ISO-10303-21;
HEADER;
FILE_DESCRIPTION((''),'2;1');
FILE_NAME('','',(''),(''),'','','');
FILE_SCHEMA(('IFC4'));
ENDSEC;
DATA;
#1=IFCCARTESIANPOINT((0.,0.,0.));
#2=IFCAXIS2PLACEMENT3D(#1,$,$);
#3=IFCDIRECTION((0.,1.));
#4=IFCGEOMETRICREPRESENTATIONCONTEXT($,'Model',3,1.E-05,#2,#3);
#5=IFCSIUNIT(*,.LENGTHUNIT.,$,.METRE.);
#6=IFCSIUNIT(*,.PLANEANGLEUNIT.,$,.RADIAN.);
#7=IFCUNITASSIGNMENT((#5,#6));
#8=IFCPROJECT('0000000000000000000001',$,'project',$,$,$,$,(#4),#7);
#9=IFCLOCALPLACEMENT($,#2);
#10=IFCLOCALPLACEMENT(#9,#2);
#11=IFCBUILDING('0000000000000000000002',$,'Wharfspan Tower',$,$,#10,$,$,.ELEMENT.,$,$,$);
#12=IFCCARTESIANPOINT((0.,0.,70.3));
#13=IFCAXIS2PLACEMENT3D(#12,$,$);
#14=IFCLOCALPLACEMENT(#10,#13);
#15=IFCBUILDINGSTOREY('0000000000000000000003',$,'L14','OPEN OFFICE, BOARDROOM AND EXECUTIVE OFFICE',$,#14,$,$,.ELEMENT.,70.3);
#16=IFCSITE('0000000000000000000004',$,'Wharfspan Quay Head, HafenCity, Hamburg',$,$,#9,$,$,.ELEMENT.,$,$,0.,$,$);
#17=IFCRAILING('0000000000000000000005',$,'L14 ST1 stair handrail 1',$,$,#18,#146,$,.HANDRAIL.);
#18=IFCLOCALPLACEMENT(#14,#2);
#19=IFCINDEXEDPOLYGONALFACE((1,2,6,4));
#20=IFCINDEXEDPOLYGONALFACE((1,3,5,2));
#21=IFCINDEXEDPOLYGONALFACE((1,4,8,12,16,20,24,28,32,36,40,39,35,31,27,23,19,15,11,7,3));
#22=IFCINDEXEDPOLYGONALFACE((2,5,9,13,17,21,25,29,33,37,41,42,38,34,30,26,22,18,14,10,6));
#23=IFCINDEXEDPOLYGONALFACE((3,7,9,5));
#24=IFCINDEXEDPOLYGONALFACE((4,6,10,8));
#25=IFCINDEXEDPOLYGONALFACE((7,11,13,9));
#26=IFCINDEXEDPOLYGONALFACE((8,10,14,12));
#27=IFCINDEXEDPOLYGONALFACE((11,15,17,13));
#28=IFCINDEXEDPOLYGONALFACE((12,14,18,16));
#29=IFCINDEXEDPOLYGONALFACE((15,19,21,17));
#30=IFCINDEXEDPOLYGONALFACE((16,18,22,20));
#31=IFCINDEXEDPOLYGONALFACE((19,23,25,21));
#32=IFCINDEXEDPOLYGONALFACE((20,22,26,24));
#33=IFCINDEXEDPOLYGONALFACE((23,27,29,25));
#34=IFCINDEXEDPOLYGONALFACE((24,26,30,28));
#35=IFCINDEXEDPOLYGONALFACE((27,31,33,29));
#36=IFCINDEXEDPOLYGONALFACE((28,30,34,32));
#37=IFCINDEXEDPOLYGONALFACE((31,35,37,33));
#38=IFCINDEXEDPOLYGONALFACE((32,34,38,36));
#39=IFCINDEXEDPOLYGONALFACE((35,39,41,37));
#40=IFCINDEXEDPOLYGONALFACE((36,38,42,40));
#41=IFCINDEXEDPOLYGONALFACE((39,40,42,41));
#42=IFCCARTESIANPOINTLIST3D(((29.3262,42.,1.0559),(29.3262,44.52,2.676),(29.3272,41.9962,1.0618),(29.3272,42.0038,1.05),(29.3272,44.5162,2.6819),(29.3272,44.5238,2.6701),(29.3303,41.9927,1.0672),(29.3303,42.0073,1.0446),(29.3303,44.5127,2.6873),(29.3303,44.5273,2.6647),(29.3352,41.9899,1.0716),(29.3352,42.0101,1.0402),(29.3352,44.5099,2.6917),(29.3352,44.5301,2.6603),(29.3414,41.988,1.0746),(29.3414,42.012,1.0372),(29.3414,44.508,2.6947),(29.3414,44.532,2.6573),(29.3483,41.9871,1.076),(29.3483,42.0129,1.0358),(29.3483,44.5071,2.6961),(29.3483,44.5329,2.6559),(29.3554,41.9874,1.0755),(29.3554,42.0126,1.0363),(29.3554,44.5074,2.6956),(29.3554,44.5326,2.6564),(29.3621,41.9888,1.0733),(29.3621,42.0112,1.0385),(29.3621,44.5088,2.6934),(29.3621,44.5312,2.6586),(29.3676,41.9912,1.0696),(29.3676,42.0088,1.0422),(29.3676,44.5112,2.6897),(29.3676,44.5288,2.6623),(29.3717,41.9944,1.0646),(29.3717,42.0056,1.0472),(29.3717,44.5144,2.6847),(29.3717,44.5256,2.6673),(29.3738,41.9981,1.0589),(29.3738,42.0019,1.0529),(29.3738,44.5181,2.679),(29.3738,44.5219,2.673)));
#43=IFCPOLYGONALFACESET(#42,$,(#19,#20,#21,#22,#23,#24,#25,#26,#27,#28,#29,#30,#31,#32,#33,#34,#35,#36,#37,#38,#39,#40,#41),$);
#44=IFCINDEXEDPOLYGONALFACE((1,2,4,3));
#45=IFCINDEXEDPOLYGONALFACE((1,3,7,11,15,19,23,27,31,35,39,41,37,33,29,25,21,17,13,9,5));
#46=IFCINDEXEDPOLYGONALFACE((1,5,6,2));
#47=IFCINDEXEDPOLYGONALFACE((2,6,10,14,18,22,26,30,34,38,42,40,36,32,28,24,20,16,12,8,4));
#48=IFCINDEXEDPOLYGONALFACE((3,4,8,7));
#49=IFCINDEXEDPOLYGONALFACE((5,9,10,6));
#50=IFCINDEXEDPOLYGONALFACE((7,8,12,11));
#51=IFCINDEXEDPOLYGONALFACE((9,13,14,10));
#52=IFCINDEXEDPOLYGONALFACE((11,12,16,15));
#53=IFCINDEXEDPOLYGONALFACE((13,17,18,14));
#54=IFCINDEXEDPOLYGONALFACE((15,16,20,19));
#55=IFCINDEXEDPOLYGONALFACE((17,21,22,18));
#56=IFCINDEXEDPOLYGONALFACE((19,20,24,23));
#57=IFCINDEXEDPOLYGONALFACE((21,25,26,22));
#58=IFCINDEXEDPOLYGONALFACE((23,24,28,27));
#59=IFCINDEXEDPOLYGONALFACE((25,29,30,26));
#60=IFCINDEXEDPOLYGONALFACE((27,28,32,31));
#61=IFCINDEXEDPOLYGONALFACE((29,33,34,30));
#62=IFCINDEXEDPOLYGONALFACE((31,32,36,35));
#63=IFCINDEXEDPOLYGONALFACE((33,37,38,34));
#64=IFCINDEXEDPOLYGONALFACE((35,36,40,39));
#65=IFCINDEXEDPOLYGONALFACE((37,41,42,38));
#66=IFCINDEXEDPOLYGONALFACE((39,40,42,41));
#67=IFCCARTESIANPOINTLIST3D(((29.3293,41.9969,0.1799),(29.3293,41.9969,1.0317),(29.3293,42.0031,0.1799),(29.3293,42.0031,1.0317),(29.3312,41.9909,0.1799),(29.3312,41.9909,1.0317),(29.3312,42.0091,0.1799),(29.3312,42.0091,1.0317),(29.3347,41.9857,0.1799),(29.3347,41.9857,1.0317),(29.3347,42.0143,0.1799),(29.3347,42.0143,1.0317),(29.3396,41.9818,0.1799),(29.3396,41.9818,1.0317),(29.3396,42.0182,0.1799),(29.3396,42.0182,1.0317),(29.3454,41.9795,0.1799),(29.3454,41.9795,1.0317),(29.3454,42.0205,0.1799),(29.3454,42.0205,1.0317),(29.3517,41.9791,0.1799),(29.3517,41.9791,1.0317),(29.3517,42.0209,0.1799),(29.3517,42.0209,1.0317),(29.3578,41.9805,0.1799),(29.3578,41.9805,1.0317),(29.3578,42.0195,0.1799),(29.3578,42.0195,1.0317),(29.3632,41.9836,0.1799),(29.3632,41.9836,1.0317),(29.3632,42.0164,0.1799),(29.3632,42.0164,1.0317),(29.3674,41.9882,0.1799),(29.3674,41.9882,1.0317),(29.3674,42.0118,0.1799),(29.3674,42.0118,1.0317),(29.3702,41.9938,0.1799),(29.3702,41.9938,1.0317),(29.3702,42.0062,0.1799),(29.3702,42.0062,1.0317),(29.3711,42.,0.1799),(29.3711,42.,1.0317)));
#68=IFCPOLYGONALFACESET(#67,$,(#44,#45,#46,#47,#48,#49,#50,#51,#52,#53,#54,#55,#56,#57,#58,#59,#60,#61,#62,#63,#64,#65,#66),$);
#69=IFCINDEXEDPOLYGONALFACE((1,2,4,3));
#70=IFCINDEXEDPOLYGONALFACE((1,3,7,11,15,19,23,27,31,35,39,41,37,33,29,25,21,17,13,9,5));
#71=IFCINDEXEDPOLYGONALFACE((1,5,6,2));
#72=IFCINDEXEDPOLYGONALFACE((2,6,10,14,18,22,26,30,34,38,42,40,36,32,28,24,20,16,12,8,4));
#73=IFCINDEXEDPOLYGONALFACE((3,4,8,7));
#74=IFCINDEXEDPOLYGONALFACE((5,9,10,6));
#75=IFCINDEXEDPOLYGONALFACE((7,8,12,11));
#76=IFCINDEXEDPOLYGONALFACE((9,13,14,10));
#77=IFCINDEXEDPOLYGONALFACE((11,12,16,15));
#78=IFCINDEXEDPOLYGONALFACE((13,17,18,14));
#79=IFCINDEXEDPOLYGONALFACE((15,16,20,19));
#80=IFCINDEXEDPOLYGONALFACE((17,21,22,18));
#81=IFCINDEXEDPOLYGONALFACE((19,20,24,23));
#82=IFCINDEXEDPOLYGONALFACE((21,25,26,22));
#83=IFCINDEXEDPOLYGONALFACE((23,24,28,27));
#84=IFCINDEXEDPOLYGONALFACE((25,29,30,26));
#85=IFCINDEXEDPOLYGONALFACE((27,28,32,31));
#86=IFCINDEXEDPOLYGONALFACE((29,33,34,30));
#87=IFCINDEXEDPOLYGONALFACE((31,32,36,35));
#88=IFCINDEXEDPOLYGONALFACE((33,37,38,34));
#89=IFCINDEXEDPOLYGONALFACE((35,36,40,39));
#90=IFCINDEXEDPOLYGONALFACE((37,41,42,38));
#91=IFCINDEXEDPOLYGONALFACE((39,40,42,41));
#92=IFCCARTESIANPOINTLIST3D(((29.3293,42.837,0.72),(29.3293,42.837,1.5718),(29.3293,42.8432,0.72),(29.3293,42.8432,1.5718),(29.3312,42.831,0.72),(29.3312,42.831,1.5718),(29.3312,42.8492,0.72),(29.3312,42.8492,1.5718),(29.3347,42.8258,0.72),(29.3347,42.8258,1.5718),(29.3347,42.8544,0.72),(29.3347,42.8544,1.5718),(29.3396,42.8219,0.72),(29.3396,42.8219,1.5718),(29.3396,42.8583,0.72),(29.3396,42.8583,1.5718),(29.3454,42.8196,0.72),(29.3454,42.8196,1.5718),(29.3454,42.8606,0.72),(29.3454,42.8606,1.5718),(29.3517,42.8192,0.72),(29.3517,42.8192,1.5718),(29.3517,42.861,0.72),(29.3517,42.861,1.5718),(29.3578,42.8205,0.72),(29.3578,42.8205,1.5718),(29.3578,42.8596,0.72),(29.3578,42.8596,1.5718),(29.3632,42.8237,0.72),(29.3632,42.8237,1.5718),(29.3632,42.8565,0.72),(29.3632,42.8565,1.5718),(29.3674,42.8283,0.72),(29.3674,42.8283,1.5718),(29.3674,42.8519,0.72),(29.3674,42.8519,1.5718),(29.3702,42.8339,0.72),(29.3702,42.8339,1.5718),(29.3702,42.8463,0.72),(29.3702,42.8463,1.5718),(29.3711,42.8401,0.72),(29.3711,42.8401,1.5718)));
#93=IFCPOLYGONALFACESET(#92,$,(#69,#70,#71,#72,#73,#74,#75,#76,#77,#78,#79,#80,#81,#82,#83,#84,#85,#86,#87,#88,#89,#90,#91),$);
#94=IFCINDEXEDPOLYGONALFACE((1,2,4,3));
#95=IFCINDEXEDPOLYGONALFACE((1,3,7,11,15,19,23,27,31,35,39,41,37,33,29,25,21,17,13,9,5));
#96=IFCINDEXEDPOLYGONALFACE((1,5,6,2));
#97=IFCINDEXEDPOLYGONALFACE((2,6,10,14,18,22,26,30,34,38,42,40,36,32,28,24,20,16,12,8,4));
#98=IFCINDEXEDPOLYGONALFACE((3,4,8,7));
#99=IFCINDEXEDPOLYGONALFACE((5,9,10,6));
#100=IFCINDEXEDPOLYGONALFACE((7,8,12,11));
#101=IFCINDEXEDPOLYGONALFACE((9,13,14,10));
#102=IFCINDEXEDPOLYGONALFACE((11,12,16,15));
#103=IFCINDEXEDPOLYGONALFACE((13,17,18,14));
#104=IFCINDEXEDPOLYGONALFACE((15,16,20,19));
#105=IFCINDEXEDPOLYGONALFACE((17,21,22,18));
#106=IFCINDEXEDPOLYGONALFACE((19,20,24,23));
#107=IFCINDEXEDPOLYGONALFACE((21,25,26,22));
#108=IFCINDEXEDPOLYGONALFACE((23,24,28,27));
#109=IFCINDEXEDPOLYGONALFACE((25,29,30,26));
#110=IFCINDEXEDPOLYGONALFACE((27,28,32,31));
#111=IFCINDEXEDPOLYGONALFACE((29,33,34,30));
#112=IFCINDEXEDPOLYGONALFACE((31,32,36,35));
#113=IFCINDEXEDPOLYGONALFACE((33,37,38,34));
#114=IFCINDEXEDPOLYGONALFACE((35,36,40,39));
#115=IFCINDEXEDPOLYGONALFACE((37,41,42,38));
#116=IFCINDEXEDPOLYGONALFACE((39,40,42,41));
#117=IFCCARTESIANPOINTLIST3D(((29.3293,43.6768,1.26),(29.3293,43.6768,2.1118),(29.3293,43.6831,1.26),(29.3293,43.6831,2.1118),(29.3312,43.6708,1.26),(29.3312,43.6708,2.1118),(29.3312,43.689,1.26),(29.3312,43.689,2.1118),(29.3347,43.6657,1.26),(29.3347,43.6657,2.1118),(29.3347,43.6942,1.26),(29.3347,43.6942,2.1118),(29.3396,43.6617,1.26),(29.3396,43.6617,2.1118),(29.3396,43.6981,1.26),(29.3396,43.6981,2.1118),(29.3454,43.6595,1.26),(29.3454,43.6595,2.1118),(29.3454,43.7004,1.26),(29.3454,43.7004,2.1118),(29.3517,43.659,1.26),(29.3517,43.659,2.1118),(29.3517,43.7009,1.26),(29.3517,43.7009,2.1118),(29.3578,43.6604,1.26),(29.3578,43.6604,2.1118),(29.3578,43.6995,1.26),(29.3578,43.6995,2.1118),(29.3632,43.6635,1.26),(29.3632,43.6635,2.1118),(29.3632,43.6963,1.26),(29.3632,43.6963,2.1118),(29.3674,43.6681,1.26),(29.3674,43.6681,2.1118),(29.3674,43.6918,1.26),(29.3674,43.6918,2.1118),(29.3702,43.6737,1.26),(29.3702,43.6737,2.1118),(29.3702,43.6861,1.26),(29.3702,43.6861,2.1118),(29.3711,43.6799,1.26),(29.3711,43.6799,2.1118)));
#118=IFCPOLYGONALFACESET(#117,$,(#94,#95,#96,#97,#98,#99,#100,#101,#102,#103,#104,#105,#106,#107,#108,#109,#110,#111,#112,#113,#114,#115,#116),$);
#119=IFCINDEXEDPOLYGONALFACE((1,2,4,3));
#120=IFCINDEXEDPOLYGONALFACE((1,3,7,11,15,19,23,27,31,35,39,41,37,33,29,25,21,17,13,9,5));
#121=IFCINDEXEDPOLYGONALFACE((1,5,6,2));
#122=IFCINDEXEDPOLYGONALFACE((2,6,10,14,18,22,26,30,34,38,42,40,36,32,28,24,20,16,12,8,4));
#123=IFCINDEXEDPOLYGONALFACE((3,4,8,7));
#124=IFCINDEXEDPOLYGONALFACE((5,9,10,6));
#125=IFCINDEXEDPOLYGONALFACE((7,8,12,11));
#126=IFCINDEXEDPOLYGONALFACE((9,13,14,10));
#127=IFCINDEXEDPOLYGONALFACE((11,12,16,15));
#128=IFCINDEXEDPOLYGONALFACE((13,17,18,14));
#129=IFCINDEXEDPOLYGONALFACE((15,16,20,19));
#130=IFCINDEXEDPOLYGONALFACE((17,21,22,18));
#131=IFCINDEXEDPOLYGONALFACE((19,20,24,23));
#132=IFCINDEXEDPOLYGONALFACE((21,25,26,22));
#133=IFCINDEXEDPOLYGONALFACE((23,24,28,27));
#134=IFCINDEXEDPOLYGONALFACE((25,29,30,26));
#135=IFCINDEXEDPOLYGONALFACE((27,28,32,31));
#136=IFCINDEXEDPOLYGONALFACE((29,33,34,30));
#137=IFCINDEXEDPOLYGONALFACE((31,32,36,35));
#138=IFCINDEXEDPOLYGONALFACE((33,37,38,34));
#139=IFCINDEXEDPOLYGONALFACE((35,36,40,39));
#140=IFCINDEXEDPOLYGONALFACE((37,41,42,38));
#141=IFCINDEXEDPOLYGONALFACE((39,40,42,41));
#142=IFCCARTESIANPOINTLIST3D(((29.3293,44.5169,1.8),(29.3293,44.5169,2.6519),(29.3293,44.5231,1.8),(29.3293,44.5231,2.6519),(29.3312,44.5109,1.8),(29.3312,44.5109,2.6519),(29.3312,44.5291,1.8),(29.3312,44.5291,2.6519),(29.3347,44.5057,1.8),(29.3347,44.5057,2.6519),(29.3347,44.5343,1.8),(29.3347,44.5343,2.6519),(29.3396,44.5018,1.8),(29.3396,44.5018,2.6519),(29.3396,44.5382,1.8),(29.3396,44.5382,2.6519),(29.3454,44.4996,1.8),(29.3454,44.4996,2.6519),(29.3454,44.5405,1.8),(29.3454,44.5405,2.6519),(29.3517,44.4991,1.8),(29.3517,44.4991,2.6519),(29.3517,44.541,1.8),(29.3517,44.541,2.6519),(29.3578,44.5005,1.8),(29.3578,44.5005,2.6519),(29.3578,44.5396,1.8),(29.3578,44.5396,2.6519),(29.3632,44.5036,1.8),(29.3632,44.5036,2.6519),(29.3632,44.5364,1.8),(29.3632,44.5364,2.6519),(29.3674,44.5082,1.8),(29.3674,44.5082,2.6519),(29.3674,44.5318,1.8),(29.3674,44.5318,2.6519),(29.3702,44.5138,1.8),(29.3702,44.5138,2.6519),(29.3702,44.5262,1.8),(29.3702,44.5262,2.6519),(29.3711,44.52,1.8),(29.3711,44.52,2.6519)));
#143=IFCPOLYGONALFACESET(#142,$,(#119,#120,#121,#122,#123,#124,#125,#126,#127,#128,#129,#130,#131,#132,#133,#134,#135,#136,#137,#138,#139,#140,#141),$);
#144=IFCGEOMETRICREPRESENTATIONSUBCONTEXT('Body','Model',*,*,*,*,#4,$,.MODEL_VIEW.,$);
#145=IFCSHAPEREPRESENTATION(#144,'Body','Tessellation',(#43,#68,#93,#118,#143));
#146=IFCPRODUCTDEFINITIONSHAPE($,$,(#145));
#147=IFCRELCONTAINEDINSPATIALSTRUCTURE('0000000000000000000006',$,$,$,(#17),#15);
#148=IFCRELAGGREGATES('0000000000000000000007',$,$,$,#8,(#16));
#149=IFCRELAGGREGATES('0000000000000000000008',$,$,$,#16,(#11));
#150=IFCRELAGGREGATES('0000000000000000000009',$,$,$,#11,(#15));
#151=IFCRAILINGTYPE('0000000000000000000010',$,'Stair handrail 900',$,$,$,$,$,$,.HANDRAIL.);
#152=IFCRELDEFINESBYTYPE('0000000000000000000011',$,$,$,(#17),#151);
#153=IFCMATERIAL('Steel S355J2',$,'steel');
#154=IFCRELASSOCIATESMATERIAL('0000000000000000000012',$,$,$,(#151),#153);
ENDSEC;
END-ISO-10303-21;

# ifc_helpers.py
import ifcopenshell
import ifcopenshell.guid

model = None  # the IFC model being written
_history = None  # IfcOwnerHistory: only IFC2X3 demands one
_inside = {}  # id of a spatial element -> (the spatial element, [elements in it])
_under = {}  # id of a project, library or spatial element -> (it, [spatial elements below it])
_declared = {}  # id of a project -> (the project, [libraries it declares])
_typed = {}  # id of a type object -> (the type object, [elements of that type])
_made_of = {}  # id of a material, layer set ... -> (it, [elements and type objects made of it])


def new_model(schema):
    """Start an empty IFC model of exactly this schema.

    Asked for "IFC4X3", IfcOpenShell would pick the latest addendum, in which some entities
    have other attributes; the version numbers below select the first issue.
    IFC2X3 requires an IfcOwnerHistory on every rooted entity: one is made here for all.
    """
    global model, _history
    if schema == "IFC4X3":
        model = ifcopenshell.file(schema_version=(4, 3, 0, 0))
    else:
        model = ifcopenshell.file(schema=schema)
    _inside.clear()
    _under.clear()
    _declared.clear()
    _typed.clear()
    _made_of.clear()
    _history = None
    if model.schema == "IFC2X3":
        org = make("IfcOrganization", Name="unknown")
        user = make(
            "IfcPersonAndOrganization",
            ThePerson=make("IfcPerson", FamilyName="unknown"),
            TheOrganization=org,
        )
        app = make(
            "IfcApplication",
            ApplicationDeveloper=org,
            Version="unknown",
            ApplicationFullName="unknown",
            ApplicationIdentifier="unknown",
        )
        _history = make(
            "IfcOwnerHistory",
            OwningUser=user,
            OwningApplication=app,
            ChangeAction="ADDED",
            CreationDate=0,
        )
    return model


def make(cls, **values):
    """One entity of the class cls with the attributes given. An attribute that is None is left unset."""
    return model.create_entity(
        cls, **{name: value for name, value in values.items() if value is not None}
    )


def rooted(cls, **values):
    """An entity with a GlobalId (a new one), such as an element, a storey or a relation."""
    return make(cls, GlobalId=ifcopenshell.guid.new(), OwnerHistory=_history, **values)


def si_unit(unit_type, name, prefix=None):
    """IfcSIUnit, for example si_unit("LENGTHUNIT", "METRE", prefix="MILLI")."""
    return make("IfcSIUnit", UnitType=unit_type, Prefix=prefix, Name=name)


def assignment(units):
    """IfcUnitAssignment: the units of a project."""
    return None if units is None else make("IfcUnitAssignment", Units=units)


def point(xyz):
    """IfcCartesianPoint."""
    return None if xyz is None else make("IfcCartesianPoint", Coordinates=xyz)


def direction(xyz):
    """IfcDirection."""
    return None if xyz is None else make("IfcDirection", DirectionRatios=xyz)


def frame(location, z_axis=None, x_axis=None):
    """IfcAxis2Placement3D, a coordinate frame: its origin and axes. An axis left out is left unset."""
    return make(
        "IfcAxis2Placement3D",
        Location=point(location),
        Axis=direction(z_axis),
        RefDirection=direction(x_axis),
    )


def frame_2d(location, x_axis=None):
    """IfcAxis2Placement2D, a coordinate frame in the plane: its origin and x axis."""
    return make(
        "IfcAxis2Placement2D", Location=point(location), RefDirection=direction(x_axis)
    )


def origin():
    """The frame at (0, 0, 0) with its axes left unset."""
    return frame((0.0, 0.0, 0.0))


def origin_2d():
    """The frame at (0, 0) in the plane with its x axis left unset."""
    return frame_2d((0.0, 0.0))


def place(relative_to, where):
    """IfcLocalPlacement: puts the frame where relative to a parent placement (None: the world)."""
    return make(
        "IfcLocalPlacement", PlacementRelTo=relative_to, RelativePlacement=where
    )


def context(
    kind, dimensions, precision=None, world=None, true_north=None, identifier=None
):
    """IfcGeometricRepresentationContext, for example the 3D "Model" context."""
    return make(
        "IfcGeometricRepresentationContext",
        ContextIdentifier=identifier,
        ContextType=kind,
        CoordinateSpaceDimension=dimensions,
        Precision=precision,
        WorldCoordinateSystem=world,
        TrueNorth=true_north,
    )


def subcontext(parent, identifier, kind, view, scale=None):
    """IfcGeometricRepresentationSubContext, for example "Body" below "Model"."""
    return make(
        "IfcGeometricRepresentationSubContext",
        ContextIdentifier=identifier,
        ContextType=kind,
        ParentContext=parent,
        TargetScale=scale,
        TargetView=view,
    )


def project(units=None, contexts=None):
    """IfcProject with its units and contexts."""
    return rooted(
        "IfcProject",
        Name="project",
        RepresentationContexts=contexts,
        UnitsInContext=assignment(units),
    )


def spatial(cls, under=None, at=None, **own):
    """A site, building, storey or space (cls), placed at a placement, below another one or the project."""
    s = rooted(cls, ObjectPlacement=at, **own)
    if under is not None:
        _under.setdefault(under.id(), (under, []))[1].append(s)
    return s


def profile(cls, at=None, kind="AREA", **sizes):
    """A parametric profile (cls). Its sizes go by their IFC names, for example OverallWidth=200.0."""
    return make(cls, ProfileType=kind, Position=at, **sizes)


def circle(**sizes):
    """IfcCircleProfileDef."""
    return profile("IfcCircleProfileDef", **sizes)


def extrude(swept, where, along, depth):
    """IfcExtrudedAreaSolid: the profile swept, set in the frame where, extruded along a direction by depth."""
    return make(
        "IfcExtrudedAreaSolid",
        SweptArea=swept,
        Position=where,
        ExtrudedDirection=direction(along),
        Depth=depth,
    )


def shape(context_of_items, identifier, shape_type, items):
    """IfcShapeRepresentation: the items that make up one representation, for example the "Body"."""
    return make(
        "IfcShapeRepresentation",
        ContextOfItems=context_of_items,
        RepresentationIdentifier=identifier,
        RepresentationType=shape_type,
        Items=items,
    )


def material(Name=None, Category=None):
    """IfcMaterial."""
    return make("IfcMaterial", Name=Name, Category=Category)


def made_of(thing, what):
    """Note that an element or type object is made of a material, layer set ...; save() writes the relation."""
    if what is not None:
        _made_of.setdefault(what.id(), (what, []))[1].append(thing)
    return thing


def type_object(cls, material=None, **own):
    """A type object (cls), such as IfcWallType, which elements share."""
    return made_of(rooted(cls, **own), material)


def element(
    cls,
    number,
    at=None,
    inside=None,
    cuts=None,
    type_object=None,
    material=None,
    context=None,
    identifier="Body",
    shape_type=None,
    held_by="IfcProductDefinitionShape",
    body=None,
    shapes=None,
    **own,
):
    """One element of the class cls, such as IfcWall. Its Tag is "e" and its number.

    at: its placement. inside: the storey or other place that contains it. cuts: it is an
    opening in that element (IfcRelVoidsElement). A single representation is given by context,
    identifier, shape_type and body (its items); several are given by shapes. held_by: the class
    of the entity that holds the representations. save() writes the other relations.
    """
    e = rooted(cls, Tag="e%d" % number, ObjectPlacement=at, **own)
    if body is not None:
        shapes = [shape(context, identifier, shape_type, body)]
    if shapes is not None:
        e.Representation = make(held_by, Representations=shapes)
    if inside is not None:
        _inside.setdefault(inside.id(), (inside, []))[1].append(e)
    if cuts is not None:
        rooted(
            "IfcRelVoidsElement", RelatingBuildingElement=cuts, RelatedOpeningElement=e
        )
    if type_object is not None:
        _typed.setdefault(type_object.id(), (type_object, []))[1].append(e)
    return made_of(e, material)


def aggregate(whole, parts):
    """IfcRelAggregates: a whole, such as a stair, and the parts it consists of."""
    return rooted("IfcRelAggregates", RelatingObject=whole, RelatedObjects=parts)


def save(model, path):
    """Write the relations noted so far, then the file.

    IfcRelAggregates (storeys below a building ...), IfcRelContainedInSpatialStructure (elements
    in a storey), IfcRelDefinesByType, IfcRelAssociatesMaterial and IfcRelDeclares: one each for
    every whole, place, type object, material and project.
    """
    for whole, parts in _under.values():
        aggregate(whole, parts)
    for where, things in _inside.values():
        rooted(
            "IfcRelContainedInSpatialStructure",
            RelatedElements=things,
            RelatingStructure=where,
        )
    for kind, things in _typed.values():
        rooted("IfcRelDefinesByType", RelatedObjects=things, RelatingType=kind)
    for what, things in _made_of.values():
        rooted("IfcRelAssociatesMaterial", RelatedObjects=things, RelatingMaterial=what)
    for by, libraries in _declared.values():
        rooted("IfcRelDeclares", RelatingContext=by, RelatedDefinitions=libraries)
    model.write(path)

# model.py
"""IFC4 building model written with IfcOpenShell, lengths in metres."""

from ifc_helpers import new_model, si_unit, direction, frame, origin, origin_2d, place, context, subcontext, project, spatial, circle, extrude, material, type_object, element, save


model = new_model("IFC4")

# Units and contexts
model_context = context("Model", 3, precision=1e-05, world=origin(), true_north=direction((0.0, 1.0)))
body_context = subcontext(model_context, "Body", "Model", "MODEL_VIEW")
ifc_project = project(units=[si_unit("LENGTHUNIT", "METRE"), si_unit("PLANEANGLEUNIT", "RADIAN")], contexts=[model_context])

# Site, building, storey
site_placement = place(None, origin())
site = spatial("IfcSite", under=ifc_project, at=site_placement, Name="Wharfspan Quay Head, HafenCity, Hamburg", CompositionType="ELEMENT", RefElevation=0.0)
building_placement = place(site_placement, origin())
building = spatial("IfcBuilding", under=site, at=building_placement, Name="Wharfspan Tower", CompositionType="ELEMENT")
storey_placement = place(building_placement, frame((0.0, 0.0, 70.3)))
storey = spatial("IfcBuildingStorey", under=building, at=storey_placement, Name="L14", Description="OPEN OFFICE, BOARDROOM AND EXECUTIVE OFFICE", CompositionType="ELEMENT", Elevation=70.3)

# Shared definitions
ifc_material_1 = material(Name="Steel S355J2", Category="steel")

# Railing
railing_type_1 = type_object("IfcRailingType", Name="Stair handrail 900", PredefinedType="HANDRAIL", material=ifc_material_1)
railing_1_placement = place(storey_placement, frame((29.3501, 42.0, 0.1799)))
element("IfcRailing", 1, at=railing_1_placement, inside=storey, type_object=railing_type_1, Name="L14 ST1 stair handrail 1", PredefinedType="HANDRAIL", context=body_context, shape_type="SweptSolid", body=[
    extrude(circle(Radius=0.0239, at=origin_2d()), frame((0.0, 0.0, 0.876), z_axis=(0.0, 0.841163, 0.540782), x_axis=(-1.0, 0.0, 0.0)), (0.0, 0.0, 1.0), 2.9958),
    extrude(circle(Radius=0.021, at=origin_2d()), origin(), (0.0, 0.0, 1.0), 0.8518),
    extrude(circle(Radius=0.021, at=origin_2d()), frame((0.0, 0.8401, 0.54)), (0.0, 0.0, 1.0), 0.8518),
    extrude(circle(Radius=0.021, at=origin_2d()), frame((0.0, 1.6799, 1.0801)), (0.0, 0.0, 1.0), 0.8518),
    extrude(circle(Radius=0.021, at=origin_2d()), frame((0.0, 2.52, 1.6201)), (0.0, 0.0, 1.0), 0.8518),
])

save(model, "model.ifc")
